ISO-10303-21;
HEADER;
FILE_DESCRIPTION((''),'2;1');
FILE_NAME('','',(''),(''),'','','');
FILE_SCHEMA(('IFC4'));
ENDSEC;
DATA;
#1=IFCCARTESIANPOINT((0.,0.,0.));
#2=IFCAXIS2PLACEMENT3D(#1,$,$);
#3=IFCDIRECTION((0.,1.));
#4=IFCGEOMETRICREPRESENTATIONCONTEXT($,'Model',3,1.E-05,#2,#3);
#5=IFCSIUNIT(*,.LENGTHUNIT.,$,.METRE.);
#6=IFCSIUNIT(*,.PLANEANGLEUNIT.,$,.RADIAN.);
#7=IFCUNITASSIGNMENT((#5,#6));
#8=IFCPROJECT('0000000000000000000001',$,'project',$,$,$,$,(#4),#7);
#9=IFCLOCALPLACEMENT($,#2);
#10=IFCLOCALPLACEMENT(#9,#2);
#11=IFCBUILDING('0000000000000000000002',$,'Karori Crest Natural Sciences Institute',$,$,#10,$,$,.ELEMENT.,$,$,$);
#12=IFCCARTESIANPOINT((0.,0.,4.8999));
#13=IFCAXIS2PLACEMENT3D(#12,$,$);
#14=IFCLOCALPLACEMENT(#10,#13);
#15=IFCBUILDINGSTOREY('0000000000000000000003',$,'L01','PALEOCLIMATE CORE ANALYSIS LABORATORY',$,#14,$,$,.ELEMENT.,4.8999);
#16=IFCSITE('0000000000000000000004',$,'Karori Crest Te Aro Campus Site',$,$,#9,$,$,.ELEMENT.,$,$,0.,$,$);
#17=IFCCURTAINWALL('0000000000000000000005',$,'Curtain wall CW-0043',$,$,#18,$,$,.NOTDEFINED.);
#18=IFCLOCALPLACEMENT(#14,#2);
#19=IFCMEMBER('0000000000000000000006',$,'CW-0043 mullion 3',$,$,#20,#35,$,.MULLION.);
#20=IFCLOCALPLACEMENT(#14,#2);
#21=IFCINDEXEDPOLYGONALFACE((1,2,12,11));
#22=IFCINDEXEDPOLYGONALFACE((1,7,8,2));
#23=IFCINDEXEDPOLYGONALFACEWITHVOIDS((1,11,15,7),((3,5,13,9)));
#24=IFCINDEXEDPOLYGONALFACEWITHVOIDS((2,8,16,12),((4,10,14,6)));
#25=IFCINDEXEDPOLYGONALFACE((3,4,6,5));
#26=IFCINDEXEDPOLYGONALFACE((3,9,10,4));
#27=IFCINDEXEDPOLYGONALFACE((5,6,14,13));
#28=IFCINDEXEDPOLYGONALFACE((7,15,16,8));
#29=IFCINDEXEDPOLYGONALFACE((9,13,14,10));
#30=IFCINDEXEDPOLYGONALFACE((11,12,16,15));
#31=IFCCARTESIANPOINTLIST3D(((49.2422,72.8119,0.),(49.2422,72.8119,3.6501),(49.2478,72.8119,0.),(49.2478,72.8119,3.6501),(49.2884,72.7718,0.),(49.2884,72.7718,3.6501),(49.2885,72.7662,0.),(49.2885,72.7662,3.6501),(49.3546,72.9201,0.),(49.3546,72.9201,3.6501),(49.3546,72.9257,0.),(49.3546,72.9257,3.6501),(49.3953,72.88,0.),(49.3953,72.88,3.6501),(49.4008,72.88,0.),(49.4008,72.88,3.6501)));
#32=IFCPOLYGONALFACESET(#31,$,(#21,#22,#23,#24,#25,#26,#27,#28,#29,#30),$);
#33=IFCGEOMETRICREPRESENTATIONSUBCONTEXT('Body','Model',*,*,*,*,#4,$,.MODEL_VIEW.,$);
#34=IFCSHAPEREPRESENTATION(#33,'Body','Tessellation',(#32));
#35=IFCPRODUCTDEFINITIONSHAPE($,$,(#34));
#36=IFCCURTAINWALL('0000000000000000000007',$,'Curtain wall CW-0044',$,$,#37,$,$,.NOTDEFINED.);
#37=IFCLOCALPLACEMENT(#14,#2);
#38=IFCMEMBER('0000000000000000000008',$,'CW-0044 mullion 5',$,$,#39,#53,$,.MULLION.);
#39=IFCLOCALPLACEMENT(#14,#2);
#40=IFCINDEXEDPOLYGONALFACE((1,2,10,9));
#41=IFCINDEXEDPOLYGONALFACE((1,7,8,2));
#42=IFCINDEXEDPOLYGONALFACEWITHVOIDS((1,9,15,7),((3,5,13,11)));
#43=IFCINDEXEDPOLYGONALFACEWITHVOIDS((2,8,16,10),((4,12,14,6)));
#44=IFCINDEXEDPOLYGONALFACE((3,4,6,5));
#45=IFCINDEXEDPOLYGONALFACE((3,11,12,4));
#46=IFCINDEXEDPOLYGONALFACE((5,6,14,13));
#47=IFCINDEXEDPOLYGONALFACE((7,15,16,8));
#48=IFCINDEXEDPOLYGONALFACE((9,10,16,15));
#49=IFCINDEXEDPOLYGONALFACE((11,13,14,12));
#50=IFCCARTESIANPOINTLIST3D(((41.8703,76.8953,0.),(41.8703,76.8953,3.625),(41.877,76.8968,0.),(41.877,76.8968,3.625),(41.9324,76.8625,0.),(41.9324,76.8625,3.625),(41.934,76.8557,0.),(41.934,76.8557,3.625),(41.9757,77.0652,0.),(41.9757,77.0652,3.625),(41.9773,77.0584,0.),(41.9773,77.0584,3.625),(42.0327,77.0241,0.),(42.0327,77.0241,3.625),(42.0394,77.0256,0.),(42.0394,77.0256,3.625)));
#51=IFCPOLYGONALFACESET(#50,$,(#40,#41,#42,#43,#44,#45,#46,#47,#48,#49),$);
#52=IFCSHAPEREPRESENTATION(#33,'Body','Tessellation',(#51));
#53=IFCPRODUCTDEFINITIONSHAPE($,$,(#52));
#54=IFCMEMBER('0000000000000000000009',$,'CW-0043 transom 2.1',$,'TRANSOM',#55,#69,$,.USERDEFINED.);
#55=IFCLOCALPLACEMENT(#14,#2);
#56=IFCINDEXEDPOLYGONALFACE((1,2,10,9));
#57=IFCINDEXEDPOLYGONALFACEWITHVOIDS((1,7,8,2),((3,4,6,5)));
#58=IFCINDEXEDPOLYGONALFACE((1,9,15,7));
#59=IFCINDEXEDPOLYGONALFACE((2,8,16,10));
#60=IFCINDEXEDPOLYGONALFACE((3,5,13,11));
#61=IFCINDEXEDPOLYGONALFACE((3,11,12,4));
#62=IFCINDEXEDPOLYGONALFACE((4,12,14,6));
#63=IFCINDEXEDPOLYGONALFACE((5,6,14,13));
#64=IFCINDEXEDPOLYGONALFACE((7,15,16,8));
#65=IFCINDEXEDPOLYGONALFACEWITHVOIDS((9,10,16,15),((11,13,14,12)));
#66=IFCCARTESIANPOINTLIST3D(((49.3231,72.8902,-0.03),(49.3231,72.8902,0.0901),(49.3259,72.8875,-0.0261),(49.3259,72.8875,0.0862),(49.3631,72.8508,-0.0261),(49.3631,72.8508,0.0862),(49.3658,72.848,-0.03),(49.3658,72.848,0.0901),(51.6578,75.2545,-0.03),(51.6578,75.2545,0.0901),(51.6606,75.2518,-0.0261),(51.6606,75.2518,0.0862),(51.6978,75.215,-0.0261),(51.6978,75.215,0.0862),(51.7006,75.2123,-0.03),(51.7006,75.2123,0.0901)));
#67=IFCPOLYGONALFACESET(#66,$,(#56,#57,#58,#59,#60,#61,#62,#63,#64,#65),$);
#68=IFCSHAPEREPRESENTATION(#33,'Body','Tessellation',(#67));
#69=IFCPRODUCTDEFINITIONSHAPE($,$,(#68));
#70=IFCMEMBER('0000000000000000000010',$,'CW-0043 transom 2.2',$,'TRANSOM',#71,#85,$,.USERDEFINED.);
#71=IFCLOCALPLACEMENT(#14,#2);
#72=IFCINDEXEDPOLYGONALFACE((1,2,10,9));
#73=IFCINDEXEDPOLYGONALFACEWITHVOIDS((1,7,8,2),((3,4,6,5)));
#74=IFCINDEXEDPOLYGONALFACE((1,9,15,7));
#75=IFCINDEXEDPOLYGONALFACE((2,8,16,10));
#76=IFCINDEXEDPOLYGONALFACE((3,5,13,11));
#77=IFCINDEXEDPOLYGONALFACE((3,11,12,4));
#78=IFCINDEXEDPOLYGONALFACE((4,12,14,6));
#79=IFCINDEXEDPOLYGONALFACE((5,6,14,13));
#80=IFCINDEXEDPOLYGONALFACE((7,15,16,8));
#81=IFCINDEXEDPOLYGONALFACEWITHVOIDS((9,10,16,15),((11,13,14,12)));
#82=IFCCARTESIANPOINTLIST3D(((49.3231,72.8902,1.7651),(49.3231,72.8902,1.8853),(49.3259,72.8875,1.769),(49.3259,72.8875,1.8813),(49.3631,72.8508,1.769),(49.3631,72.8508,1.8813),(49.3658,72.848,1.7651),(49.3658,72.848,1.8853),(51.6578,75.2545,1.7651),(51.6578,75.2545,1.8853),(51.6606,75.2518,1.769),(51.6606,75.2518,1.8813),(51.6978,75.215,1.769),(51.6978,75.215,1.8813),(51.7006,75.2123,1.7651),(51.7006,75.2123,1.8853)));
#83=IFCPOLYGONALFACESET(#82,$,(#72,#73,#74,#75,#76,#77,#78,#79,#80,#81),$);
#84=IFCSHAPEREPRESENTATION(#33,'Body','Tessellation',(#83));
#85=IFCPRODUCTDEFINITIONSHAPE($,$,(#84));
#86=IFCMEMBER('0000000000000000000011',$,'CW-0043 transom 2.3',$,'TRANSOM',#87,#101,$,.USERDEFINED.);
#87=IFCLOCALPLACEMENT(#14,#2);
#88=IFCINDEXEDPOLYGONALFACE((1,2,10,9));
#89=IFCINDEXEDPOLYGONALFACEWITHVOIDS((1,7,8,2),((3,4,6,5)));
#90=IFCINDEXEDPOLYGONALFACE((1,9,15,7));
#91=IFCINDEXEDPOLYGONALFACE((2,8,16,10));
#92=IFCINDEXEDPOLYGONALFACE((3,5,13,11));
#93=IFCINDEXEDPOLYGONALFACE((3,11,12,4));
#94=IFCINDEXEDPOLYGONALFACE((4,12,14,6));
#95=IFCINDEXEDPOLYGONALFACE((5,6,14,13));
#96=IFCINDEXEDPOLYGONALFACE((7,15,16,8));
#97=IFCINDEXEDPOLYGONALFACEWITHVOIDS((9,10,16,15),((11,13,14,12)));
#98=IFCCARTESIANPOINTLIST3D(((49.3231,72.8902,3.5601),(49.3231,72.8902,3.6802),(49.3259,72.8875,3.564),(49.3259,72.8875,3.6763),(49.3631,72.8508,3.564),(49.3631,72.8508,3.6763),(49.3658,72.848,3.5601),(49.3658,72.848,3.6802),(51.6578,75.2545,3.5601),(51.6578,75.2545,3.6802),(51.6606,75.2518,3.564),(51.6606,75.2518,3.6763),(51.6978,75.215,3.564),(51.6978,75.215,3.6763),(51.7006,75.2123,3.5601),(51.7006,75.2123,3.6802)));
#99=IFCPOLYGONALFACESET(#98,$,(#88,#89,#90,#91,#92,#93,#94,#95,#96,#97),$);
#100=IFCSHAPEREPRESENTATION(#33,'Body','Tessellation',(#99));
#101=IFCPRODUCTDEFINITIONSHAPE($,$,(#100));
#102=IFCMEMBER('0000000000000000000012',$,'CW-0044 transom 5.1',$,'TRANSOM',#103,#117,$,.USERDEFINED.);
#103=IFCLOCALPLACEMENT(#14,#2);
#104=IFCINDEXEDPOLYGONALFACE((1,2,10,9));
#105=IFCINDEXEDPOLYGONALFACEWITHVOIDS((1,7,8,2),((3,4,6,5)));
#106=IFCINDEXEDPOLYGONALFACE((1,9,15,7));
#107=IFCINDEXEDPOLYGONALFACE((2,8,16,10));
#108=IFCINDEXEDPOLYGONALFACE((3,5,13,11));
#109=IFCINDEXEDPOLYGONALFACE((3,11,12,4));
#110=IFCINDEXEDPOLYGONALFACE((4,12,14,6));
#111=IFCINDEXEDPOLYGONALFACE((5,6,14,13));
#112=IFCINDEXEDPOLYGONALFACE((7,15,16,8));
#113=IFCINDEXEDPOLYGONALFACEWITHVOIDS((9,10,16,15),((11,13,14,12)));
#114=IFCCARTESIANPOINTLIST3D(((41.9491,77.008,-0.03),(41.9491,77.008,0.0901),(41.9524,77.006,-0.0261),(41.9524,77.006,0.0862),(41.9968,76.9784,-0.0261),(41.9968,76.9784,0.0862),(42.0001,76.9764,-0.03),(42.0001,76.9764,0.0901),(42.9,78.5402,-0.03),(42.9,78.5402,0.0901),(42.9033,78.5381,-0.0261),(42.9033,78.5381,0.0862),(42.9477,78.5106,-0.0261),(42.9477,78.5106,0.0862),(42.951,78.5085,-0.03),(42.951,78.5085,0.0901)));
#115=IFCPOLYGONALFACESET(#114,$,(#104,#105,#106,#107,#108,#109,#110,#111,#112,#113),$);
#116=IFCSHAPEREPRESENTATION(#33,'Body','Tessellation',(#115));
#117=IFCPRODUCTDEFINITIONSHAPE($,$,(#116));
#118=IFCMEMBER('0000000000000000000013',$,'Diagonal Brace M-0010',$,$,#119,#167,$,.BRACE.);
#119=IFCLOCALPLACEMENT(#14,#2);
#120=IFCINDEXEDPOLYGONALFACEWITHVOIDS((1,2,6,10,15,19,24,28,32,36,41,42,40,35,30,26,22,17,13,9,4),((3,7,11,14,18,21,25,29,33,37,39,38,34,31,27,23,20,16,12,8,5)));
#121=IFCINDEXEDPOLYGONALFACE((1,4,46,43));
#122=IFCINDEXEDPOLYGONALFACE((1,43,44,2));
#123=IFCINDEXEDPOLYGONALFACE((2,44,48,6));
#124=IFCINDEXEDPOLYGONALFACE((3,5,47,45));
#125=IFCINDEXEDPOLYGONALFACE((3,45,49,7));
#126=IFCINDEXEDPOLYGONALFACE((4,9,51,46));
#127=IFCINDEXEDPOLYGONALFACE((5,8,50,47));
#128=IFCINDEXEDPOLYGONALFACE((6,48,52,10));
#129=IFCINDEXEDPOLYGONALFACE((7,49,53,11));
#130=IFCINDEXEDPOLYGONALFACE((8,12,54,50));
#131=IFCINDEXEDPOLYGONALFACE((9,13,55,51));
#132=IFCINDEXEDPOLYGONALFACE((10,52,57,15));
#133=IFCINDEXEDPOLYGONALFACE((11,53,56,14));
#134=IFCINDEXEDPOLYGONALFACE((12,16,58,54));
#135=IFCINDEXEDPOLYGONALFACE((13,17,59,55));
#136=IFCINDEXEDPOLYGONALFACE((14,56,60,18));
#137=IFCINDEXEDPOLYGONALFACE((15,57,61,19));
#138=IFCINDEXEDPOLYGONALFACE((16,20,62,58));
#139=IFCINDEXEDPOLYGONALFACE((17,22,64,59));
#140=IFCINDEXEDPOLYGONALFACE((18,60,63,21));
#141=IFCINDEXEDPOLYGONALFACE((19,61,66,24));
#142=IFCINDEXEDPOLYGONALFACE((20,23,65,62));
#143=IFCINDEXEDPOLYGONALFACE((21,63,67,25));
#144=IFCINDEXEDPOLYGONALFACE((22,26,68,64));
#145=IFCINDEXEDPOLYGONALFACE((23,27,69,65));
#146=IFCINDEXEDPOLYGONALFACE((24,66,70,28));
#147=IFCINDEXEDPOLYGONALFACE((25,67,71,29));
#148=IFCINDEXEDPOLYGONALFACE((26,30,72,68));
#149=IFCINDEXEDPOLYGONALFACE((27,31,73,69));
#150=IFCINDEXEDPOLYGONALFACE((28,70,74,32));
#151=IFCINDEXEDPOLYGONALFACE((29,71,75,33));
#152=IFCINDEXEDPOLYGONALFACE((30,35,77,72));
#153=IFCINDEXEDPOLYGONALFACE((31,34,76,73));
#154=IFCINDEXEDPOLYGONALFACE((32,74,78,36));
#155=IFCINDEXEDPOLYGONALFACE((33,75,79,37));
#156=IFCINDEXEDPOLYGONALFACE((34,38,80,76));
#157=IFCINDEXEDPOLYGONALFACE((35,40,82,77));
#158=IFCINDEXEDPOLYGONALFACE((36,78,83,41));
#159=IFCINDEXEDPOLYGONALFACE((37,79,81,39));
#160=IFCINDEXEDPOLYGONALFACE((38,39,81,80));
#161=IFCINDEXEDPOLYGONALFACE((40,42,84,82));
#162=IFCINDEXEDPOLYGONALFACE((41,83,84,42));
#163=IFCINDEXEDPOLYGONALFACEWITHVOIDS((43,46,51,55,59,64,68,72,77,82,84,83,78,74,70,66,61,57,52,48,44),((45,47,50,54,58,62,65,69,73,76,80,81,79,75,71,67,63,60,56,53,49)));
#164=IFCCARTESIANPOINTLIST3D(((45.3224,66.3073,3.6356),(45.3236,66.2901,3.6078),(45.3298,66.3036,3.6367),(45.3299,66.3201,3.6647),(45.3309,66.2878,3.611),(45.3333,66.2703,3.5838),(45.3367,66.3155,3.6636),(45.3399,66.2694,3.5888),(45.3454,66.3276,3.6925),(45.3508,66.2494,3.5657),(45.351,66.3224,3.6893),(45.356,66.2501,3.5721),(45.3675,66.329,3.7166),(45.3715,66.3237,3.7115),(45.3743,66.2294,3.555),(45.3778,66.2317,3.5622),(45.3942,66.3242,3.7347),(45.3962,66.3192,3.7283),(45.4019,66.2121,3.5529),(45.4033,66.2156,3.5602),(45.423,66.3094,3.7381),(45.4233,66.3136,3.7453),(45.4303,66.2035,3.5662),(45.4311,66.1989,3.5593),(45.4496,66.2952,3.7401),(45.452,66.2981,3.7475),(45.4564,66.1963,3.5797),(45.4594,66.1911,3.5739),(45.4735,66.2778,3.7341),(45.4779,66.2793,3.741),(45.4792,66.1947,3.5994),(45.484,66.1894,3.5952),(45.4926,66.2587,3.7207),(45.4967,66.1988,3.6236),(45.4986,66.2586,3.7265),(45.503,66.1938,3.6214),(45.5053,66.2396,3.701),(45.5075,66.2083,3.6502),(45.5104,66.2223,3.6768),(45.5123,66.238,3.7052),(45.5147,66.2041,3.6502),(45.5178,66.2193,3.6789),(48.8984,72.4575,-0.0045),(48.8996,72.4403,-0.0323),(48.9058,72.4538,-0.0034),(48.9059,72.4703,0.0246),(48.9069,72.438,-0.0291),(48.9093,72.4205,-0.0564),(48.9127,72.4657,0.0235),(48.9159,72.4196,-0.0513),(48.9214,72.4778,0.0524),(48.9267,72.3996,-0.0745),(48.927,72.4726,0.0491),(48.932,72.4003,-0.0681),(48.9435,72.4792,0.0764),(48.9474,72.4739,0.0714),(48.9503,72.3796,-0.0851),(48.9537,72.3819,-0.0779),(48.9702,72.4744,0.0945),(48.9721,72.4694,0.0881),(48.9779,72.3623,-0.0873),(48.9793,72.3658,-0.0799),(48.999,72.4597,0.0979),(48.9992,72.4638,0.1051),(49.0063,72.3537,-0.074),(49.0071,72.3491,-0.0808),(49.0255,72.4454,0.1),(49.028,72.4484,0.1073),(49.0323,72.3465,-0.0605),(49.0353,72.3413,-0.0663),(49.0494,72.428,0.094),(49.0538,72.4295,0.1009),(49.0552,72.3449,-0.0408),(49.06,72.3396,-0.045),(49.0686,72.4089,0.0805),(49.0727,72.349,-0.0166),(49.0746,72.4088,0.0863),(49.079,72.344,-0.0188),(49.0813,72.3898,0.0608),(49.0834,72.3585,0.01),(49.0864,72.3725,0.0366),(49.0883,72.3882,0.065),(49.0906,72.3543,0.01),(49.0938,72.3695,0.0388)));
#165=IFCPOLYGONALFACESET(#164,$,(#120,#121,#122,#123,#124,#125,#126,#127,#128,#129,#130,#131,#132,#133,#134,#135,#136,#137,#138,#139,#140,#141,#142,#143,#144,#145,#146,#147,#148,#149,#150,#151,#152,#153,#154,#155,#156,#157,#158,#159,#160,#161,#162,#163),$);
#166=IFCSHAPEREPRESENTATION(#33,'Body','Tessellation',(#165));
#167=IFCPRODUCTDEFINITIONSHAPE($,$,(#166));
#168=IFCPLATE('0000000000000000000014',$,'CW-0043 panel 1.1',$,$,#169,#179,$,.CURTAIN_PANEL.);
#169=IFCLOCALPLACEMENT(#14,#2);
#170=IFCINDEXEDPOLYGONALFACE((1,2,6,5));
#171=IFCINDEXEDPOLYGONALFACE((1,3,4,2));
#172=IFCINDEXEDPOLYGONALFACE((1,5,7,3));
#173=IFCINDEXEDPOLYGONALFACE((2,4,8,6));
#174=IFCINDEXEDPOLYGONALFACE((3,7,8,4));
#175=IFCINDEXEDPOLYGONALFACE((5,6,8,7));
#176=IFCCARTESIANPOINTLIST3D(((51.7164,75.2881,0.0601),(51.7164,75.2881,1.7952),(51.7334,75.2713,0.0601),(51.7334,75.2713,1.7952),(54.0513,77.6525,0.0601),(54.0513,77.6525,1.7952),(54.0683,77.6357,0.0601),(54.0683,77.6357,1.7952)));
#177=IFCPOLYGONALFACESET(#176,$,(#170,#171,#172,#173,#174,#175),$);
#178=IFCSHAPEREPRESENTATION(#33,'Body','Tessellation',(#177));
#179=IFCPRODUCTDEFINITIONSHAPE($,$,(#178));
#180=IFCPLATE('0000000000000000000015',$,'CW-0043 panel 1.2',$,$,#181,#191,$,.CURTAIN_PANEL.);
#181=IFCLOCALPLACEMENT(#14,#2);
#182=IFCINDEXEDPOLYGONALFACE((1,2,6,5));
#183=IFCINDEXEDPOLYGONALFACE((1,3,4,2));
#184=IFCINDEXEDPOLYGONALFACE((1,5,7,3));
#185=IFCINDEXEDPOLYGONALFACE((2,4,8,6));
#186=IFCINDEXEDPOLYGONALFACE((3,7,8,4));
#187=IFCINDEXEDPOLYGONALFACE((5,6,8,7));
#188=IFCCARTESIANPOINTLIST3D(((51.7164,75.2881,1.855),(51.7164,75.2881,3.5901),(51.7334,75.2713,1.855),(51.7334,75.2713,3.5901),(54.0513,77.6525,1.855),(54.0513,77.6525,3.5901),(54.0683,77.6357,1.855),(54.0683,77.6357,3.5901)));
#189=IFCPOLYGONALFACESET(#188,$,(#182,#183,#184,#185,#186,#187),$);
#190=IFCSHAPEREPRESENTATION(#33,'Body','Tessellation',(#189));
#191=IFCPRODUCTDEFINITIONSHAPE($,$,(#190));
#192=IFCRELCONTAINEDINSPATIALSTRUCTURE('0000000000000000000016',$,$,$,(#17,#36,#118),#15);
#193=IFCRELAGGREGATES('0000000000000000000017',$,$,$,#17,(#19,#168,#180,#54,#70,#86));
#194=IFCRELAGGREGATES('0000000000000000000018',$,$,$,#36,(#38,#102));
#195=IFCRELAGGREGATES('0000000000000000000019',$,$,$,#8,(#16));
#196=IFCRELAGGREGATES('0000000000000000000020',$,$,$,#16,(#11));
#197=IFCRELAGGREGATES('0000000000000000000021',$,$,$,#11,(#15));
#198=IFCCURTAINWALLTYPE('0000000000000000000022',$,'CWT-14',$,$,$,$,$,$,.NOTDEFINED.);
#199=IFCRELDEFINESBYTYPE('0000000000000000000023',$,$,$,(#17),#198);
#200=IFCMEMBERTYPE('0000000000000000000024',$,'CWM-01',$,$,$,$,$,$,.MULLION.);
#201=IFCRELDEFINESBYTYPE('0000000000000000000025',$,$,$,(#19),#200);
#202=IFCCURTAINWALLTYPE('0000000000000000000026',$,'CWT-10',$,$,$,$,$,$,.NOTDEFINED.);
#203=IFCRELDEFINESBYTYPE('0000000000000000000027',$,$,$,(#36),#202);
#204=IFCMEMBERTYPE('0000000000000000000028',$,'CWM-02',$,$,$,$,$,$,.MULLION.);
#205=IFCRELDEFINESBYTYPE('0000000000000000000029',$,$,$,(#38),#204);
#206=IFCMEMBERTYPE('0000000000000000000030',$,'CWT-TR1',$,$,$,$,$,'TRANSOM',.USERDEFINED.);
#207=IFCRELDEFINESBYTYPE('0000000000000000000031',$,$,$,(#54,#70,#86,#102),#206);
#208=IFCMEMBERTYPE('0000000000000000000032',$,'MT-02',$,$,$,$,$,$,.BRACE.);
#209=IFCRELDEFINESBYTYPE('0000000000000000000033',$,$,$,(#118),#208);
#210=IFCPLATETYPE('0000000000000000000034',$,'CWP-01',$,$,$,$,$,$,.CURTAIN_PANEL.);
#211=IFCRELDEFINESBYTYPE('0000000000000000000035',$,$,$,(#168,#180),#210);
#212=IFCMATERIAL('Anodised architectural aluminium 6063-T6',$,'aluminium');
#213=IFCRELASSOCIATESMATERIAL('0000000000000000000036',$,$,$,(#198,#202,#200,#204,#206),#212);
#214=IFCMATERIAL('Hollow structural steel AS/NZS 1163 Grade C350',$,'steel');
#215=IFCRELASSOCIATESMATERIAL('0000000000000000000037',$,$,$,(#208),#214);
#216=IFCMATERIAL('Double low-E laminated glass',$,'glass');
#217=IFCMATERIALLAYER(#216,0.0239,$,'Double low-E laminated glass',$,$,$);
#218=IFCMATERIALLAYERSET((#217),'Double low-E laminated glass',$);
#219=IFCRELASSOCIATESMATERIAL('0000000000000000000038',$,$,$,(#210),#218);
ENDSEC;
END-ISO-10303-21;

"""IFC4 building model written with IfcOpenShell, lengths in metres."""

from ifc_helpers import new_model, si_unit, direction, frame, origin, origin_2d, place, context, subcontext, project, spatial, rectangle, hollow_rectangle, hollow_circle, extrude, material, layer, layer_set, material_profile, profile_set, type_object, element, aggregate, save


model = new_model("IFC4")

# Units and contexts
model_context = context("Model", 3, precision=1e-05, world=origin(), true_north=direction((0.0, 1.0)))
body_context = subcontext(model_context, "Body", "Model", "MODEL_VIEW")
ifc_project = project(units=[si_unit("LENGTHUNIT", "METRE"), si_unit("PLANEANGLEUNIT", "RADIAN")], contexts=[model_context])

# Site, building, storey
site_placement = place(None, origin())
site = spatial("IfcSite", under=ifc_project, at=site_placement, Name="Karori Crest Te Aro Campus Site", CompositionType="ELEMENT", RefElevation=0.0)
building_placement = place(site_placement, origin())
building = spatial("IfcBuilding", under=site, at=building_placement, Name="Karori Crest Natural Sciences Institute", CompositionType="ELEMENT")
storey_placement = place(building_placement, frame((0.0, 0.0, 4.8999)))
storey = spatial("IfcBuildingStorey", under=building, at=storey_placement, Name="L01", Description="PALEOCLIMATE CORE ANALYSIS LABORATORY", CompositionType="ELEMENT", Elevation=4.8999)

# Shared definitions
ifc_material_1 = material(Name="Hollow structural steel AS/NZS 1163 Grade C350", Category="steel")

# Curtain wall, member
ifc_material_2 = material(Name="Anodised architectural aluminium 6063-T6", Category="aluminium")
curtain_wall_type_1 = type_object("IfcCurtainWallType", Name="CWT-14", PredefinedType="NOTDEFINED", material=ifc_material_2)
curtain_wall_1_placement = place(storey_placement, origin())
curtain_wall_1 = element("IfcCurtainWall", 1, at=curtain_wall_1_placement, inside=storey, type_object=curtain_wall_type_1, Name="Curtain wall CW-0043", PredefinedType="NOTDEFINED")
ifc_material_profile_1 = material_profile(ifc_material_2, hollow_rectangle(XDim=0.0649, YDim=0.1599, WallThickness=0.0039, at=origin_2d()), Name="CWM160x65x4")
ifc_profile_set_1 = profile_set([ifc_material_profile_1], Name="Anodised architectural aluminium 6063-T6")
member_type_1 = type_object("IfcMemberType", Name="CWM-01", PredefinedType="MULLION", material=ifc_profile_set_1)
member_1_placement = place(storey_placement, frame((49.3215, 72.8459, 0.0), z_axis=(0.0, 0.0, 1.0), x_axis=(0.711529, -0.702656, 0.0)))
member_1 = element("IfcMember", 2, at=member_1_placement, type_object=member_type_1, Name="CW-0043 mullion 3", PredefinedType="MULLION", context=body_context, shape_type="SweptSolid", body=[
    extrude(hollow_rectangle(XDim=0.0649, YDim=0.1599, WallThickness=0.0039, at=origin_2d()), origin(), (0.0, 0.0, 1.0), 3.6501),
])

# Curtain wall, member
curtain_wall_type_2 = type_object("IfcCurtainWallType", Name="CWT-10", PredefinedType="NOTDEFINED", material=ifc_material_2)
curtain_wall_2_placement = place(storey_placement, origin())
curtain_wall_2 = element("IfcCurtainWall", 3, at=curtain_wall_2_placement, inside=storey, type_object=curtain_wall_type_2, Name="Curtain wall CW-0044", PredefinedType="NOTDEFINED")
ifc_material_profile_2 = material_profile(ifc_material_2, hollow_rectangle(XDim=0.075, YDim=0.2, WallThickness=0.0049, at=origin_2d()), Name="CWM200x75x5")
ifc_profile_set_2 = profile_set([ifc_material_profile_2], Name="Anodised architectural aluminium 6063-T6")
member_type_2 = type_object("IfcMemberType", Name="CWM-02", PredefinedType="MULLION", material=ifc_profile_set_2)
member_2_placement = place(storey_placement, frame((41.9548, 76.9604, 0.0), z_axis=(0.0, 0.0, 1.0), x_axis=(-0.849662, 0.527328, 0.0)))
member_2 = element("IfcMember", 4, at=member_2_placement, type_object=member_type_2, Name="CW-0044 mullion 5", PredefinedType="MULLION", context=body_context, shape_type="SweptSolid", body=[
    extrude(hollow_rectangle(XDim=0.075, YDim=0.2, WallThickness=0.0049, at=origin_2d()), origin(), (0.0, 0.0, 1.0), 3.625),
])

# Members
ifc_material_profile_3 = material_profile(ifc_material_2, hollow_rectangle(XDim=0.0601, YDim=0.1201, WallThickness=0.0039, at=origin_2d()), Name="CWT120x60x4")
ifc_profile_set_3 = profile_set([ifc_material_profile_3], Name="Anodised architectural aluminium 6063-T6")
member_type_3 = type_object("IfcMemberType", Name="CWT-TR1", ElementType="TRANSOM", PredefinedType="USERDEFINED", material=ifc_profile_set_3)
member_3_placement = place(storey_placement, frame((51.6792, 75.2334, 0.03), z_axis=(-0.702648, -0.711538, 0.0), x_axis=(0.711538, -0.702648, 0.0)))
member_3 = element("IfcMember", 5, at=member_3_placement, type_object=member_type_3, Name="CW-0043 transom 2.1", ObjectType="TRANSOM", PredefinedType="USERDEFINED", context=body_context, shape_type="SweptSolid", body=[
    extrude(hollow_rectangle(XDim=0.0601, YDim=0.1201, WallThickness=0.0039, at=origin_2d()), origin(), (0.0, 0.0, 1.0), 3.3228),
])
member_4_placement = place(storey_placement, frame((51.6792, 75.2334, 1.8252), z_axis=(-0.702648, -0.711538, 0.0), x_axis=(0.711538, -0.702648, 0.0)))
member_4 = element("IfcMember", 6, at=member_4_placement, type_object=member_type_3, Name="CW-0043 transom 2.2", ObjectType="TRANSOM", PredefinedType="USERDEFINED", context=body_context, shape_type="SweptSolid", body=[
    extrude(hollow_rectangle(XDim=0.0601, YDim=0.1201, WallThickness=0.0039, at=origin_2d()), origin(), (0.0, 0.0, 1.0), 3.3228),
])
member_5_placement = place(storey_placement, frame((51.6792, 75.2334, 3.6201), z_axis=(-0.702648, -0.711538, 0.0), x_axis=(0.711538, -0.702648, 0.0)))
member_5 = element("IfcMember", 7, at=member_5_placement, type_object=member_type_3, Name="CW-0043 transom 2.3", ObjectType="TRANSOM", PredefinedType="USERDEFINED", context=body_context, shape_type="SweptSolid", body=[
    extrude(hollow_rectangle(XDim=0.0601, YDim=0.1201, WallThickness=0.0039, at=origin_2d()), origin(), (0.0, 0.0, 1.0), 3.3228),
])
member_6_placement = place(storey_placement, frame((41.9746, 76.9922, 0.03), z_axis=(0.527319, 0.849667, 0.0), x_axis=(-0.849667, 0.527319, 0.0)))
member_6 = element("IfcMember", 8, at=member_6_placement, type_object=member_type_3, Name="CW-0044 transom 5.1", ObjectType="TRANSOM", PredefinedType="USERDEFINED", context=body_context, shape_type="SweptSolid", body=[
    extrude(hollow_rectangle(XDim=0.0601, YDim=0.1201, WallThickness=0.0039, at=origin_2d()), origin(), (0.0, 0.0, 1.0), 1.8032),
])
ifc_material_profile_4 = material_profile(ifc_material_1, hollow_circle(Radius=0.1096, WallThickness=0.0083, at=origin_2d()), Name="CHS219.1x8.2")
ifc_profile_set_4 = profile_set([ifc_material_profile_4], Name="Hollow structural steel AS/NZS 1163 Grade C350")
member_type_4 = type_object("IfcMemberType", Name="MT-02", PredefinedType="BRACE", material=ifc_profile_set_4)
member_7_placement = place(storey_placement, frame((48.9958, 72.4094, 0.01), z_axis=(-0.447473, -0.769598, 0.455508), x_axis=(0.864491, -0.502648, 0.0)))
element("IfcMember", 9, at=member_7_placement, inside=storey, type_object=member_type_4, Name="Diagonal Brace M-0010", PredefinedType="BRACE", context=body_context, shape_type="SweptSolid", body=[
    extrude(hollow_circle(Radius=0.1096, WallThickness=0.0083, at=origin_2d()), origin(), (0.0, 0.0, 1.0), 7.9915),
])

# Plates
ifc_material_3 = material(Name="Double low-E laminated glass", Category="glass")
ifc_layer_1 = layer(ifc_material_3, 0.0239, Name="Double low-E laminated glass")
ifc_layer_set_1 = layer_set([ifc_layer_1], Name="Double low-E laminated glass")
plate_type_1 = type_object("IfcPlateType", Name="CWP-01", PredefinedType="CURTAIN_PANEL", material=ifc_layer_set_1)
plate_1_placement = place(storey_placement, frame((52.8923, 76.4619, 0.0601), z_axis=(0.0, 0.0, 1.0), x_axis=(-0.702656, -0.711529, 0.0)))
plate_1 = element("IfcPlate", 10, at=plate_1_placement, type_object=plate_type_1, Name="CW-0043 panel 1.1", PredefinedType="CURTAIN_PANEL", context=body_context, shape_type="SweptSolid", body=[
    extrude(rectangle(XDim=3.323, YDim=0.0239, at=origin_2d()), origin(), (0.0, 0.0, 1.0), 1.7351),
])
plate_2_placement = place(storey_placement, frame((52.8923, 76.4619, 1.855), z_axis=(0.0, 0.0, 1.0), x_axis=(-0.702656, -0.711529, 0.0)))
plate_2 = element("IfcPlate", 11, at=plate_2_placement, type_object=plate_type_1, Name="CW-0043 panel 1.2", PredefinedType="CURTAIN_PANEL", context=body_context, shape_type="SweptSolid", body=[
    extrude(rectangle(XDim=3.323, YDim=0.0239, at=origin_2d()), origin(), (0.0, 0.0, 1.0), 1.7351),
])
aggregate(curtain_wall_1, [member_1, plate_1, plate_2, member_3, member_4, member_5])
aggregate(curtain_wall_2, [member_2, member_6])

save(model, "model.ifc")
